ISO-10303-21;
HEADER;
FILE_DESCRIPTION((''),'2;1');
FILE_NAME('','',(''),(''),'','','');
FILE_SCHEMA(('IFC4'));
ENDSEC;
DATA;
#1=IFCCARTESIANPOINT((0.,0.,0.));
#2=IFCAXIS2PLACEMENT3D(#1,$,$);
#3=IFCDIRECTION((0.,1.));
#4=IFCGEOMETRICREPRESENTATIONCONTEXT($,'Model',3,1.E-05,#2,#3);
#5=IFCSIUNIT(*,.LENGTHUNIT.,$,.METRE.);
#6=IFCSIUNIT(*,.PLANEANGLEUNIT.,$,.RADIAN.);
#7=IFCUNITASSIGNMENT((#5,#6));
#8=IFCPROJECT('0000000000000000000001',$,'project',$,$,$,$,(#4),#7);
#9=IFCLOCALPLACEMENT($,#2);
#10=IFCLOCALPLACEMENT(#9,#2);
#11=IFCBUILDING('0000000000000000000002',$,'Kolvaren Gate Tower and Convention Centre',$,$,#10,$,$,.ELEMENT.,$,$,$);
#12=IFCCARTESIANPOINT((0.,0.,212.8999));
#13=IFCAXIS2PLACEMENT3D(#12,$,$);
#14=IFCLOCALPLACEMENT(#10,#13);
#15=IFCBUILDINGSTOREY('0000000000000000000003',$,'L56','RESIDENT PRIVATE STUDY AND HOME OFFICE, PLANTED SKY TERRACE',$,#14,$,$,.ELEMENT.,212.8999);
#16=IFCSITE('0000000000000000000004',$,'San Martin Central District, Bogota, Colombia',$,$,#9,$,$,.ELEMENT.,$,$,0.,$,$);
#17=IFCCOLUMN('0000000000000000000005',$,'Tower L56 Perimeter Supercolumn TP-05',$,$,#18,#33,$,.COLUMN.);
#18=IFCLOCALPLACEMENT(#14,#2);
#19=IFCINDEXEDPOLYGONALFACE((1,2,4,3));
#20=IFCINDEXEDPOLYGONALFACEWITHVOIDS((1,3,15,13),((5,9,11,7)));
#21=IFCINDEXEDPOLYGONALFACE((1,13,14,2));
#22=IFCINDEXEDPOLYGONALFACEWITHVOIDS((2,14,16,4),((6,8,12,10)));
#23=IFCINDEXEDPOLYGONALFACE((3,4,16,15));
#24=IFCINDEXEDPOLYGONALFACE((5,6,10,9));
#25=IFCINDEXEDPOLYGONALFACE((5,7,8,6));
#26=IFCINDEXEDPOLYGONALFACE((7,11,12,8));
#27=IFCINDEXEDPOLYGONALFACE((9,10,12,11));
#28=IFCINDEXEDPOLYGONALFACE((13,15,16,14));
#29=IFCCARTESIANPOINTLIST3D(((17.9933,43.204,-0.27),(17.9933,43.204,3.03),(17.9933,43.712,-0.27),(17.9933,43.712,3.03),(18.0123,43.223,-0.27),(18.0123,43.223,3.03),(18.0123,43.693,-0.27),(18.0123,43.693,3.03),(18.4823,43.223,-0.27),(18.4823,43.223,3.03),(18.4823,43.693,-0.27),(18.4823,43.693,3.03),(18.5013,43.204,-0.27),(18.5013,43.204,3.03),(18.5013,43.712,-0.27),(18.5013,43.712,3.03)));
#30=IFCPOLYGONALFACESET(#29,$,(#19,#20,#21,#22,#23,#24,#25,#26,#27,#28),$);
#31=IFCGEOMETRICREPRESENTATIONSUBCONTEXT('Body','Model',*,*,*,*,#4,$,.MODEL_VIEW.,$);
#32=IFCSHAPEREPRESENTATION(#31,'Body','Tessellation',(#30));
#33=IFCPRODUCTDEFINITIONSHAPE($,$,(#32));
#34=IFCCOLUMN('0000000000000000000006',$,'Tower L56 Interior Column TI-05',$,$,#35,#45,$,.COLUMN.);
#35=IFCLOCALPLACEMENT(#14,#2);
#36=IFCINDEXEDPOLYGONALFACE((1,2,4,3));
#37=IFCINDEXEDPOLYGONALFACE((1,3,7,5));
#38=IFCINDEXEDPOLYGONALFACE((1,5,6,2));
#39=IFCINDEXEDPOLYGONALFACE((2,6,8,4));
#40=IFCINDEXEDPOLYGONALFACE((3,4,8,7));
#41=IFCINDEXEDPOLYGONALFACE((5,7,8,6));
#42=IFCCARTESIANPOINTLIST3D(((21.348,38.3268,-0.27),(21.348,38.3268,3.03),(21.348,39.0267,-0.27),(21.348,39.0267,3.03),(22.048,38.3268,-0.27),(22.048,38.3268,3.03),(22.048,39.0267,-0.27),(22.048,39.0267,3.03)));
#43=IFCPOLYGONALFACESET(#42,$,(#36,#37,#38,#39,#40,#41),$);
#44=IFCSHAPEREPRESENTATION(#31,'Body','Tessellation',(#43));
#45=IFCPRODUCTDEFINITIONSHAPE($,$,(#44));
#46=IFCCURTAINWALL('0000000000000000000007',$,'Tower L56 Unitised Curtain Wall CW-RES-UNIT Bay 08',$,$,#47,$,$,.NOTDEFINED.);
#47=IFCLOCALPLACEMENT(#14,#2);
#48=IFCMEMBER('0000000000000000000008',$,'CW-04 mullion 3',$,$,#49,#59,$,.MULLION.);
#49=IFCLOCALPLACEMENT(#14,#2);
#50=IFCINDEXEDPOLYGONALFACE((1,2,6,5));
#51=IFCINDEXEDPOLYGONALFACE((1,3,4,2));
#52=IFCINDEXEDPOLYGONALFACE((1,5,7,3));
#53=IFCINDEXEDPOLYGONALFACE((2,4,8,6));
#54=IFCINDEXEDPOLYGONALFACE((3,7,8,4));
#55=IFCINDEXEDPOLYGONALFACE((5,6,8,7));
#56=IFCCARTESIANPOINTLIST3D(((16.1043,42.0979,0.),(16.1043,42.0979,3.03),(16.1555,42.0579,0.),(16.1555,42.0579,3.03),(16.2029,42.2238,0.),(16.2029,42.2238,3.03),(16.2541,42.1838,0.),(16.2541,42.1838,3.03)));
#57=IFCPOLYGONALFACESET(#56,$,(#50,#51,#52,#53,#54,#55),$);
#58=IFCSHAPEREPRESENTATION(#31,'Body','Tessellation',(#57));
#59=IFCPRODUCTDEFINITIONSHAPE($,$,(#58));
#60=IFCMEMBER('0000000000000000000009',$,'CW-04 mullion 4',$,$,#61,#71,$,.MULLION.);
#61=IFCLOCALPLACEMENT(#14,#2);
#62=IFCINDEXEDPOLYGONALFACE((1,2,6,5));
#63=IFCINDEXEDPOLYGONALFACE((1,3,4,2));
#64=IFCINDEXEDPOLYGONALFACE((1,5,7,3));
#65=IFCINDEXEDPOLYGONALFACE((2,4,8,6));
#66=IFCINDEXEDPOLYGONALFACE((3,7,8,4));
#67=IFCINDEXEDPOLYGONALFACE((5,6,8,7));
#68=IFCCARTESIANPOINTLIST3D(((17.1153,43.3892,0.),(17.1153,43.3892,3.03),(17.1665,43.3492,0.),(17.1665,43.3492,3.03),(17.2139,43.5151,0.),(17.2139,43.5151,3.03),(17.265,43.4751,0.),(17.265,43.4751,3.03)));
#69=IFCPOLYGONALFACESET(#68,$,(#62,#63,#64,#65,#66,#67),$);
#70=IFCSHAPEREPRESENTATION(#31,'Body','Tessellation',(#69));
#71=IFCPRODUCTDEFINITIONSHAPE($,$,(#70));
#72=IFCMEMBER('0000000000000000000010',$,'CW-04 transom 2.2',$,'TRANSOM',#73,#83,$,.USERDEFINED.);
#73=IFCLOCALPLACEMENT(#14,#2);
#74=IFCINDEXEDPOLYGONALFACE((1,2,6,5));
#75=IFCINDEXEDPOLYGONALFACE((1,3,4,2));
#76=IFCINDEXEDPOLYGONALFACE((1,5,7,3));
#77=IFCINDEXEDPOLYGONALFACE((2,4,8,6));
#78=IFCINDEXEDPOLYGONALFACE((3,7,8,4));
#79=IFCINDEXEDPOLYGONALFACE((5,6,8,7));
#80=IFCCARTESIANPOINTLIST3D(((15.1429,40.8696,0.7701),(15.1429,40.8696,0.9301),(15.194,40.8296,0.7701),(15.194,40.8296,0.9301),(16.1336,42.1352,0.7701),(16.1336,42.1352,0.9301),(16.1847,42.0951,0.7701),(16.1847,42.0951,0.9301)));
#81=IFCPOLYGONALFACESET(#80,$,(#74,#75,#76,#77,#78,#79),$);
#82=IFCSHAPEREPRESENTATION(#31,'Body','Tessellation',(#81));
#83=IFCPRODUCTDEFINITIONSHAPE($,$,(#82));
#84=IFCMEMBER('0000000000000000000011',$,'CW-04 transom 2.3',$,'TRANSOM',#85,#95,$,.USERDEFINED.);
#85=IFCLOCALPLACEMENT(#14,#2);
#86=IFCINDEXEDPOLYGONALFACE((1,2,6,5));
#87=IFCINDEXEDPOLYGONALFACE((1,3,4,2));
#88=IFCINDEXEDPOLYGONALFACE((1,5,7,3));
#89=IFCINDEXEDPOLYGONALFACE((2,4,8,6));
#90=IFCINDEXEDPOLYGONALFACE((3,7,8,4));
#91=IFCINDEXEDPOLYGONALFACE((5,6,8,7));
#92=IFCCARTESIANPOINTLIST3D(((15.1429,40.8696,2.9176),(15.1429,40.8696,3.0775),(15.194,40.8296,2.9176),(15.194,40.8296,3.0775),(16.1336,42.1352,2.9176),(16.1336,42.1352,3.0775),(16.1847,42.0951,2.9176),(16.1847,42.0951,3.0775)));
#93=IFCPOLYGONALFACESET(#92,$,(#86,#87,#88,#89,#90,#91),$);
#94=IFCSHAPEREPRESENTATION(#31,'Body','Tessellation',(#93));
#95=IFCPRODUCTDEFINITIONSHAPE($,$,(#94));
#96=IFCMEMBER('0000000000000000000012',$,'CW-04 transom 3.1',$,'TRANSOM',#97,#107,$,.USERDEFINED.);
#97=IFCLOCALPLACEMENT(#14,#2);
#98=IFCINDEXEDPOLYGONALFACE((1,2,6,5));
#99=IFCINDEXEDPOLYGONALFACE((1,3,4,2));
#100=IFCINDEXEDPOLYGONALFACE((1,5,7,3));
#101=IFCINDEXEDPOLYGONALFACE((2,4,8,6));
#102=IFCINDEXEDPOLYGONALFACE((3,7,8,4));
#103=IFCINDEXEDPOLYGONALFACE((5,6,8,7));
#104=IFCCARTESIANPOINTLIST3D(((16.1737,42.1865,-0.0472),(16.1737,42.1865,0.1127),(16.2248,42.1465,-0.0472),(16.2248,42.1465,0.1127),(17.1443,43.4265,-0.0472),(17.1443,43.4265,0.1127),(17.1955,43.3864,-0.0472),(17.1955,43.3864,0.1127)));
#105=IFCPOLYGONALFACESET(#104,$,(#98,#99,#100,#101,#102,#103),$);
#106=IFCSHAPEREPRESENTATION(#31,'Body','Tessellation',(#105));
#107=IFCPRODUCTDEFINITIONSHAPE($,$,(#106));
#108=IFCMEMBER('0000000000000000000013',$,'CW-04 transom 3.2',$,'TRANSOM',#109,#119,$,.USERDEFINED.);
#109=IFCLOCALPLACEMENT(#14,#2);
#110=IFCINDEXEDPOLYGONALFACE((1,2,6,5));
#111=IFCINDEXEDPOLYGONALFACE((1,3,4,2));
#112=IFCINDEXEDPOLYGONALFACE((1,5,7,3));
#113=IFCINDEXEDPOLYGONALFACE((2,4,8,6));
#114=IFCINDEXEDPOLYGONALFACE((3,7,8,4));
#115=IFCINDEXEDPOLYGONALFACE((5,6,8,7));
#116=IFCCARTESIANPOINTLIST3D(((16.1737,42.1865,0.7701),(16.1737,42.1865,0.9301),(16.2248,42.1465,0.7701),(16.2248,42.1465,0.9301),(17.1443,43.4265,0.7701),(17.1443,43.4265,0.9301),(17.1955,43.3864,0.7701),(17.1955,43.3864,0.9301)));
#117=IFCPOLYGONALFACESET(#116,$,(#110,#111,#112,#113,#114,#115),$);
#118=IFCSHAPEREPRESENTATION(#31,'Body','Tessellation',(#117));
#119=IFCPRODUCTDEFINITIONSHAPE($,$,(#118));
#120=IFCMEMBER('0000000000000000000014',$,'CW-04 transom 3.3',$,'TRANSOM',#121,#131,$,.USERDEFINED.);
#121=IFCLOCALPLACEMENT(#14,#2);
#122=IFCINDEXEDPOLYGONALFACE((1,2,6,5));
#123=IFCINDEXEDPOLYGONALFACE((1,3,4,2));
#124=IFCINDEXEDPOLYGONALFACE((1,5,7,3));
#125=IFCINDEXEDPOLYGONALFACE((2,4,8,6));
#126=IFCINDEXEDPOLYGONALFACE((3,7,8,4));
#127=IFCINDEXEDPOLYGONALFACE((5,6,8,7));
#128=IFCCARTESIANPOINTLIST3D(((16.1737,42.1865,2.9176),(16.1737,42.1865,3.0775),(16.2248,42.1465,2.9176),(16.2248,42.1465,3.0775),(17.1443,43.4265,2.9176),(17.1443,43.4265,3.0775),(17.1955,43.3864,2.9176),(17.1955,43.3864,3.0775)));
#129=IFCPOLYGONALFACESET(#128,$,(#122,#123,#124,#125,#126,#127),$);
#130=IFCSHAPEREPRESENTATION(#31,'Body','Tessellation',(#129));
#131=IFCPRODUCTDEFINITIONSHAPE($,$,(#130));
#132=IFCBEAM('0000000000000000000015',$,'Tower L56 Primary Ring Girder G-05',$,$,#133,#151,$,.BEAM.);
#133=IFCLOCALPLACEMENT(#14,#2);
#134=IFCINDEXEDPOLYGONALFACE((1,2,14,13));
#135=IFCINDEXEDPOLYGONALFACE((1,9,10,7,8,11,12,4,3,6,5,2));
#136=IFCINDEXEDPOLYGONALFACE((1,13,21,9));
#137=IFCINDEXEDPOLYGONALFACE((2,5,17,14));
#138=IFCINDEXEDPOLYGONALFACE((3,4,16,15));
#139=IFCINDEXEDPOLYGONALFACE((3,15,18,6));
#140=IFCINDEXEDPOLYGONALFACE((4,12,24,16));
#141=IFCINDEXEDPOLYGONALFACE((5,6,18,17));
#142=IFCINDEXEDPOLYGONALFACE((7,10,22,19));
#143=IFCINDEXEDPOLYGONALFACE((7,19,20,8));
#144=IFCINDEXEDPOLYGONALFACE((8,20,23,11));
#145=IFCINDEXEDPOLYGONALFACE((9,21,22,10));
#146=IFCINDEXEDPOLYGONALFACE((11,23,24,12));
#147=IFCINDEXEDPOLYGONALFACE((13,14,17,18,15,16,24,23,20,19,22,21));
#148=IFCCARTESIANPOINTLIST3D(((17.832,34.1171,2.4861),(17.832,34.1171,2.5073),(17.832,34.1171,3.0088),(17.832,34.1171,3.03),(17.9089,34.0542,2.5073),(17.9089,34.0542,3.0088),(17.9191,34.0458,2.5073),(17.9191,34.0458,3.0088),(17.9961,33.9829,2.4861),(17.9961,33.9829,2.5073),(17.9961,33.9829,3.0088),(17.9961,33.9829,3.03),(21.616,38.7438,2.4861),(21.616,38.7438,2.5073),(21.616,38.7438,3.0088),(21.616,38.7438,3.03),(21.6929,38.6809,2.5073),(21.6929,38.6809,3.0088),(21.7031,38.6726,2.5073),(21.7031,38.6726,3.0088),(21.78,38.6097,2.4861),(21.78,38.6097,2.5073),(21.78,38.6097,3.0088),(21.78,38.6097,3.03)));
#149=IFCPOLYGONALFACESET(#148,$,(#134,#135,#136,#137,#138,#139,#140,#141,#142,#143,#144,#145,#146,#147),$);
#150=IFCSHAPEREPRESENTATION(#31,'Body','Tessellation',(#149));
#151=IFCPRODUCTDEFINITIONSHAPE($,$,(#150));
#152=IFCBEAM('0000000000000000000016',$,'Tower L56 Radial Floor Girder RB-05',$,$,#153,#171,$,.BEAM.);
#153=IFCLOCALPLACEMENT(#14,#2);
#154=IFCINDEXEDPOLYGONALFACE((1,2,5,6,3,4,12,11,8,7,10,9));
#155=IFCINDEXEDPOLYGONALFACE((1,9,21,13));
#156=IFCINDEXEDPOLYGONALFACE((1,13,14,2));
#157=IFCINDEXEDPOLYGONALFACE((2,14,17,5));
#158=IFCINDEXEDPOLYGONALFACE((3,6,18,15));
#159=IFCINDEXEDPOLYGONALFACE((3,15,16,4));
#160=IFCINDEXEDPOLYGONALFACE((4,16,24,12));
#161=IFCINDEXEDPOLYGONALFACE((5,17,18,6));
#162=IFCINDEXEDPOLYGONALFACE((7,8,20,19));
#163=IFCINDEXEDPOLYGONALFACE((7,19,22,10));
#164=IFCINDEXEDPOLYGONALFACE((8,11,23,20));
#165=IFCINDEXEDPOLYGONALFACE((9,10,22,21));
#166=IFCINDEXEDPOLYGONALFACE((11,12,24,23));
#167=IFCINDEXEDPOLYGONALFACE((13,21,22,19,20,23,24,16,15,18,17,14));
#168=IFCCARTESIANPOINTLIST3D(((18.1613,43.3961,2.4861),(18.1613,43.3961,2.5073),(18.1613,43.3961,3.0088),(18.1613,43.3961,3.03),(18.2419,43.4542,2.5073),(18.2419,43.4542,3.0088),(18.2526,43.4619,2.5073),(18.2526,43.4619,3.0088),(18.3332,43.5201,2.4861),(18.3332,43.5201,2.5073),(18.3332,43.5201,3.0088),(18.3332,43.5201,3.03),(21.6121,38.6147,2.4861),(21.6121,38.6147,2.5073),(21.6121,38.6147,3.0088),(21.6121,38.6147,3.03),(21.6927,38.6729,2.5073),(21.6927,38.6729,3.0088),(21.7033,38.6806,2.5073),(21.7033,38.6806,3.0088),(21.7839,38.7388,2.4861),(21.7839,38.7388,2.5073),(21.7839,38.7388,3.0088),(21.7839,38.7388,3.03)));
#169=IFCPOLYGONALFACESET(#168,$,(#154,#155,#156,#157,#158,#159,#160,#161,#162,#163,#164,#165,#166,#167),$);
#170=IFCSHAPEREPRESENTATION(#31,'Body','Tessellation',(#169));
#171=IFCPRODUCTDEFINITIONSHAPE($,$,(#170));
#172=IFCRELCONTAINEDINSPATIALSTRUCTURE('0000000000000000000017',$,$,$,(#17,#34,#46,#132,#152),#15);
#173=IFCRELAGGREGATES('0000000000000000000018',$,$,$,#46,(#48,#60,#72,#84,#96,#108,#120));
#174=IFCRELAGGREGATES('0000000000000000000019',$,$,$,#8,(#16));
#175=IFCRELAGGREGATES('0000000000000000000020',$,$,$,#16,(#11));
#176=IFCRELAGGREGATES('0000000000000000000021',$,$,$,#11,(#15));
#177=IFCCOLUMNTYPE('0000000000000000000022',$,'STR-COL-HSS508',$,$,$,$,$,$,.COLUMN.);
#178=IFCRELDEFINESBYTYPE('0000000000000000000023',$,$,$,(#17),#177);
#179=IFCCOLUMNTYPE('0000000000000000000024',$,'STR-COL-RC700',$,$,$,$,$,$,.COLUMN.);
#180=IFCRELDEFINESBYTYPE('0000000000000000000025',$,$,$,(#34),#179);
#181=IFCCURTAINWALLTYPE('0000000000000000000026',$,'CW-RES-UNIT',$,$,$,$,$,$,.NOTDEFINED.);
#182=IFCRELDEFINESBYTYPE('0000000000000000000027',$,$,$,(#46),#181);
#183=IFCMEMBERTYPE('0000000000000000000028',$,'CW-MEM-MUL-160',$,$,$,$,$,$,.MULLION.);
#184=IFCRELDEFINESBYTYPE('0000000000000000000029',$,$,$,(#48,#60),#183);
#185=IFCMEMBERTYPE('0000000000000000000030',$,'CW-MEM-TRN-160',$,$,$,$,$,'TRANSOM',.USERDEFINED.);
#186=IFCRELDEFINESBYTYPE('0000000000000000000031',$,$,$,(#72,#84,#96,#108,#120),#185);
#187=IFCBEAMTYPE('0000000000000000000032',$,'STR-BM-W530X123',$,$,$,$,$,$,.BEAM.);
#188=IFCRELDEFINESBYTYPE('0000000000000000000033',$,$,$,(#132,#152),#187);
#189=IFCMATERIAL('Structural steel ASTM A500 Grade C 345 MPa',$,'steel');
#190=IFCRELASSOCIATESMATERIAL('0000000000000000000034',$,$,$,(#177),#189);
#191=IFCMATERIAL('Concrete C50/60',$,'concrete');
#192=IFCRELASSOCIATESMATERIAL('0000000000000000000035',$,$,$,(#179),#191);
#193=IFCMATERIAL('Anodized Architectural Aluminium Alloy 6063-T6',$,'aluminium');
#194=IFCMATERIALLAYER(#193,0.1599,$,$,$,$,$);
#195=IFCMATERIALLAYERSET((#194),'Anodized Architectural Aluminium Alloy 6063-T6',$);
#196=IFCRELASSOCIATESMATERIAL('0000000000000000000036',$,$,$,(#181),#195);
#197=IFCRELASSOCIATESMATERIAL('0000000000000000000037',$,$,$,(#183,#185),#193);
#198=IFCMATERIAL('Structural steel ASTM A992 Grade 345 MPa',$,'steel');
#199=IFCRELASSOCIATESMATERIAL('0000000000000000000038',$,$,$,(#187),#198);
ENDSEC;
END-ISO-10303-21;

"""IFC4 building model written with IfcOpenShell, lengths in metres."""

from ifc_helpers import new_model, si_unit, direction, frame, origin, origin_2d, place, context, subcontext, project, spatial, rectangle, hollow_rectangle, i_section, extrude, material, layer, layer_set, material_profile, profile_set, type_object, element, aggregate, save


model = new_model("IFC4")

# Units and contexts
model_context = context("Model", 3, precision=1e-05, world=origin(), true_north=direction((0.0, 1.0)))
body_context = subcontext(model_context, "Body", "Model", "MODEL_VIEW")
ifc_project = project(units=[si_unit("LENGTHUNIT", "METRE"), si_unit("PLANEANGLEUNIT", "RADIAN")], contexts=[model_context])

# Site, building, storey
site_placement = place(None, origin())
site = spatial("IfcSite", under=ifc_project, at=site_placement, Name="San Martin Central District, Bogota, Colombia", CompositionType="ELEMENT", RefElevation=0.0)
building_placement = place(site_placement, origin())
building = spatial("IfcBuilding", under=site, at=building_placement, Name="Kolvaren Gate Tower and Convention Centre", CompositionType="ELEMENT")
storey_placement = place(building_placement, frame((0.0, 0.0, 212.8999)))
storey = spatial("IfcBuildingStorey", under=building, at=storey_placement, Name="L56", Description="RESIDENT PRIVATE STUDY AND HOME OFFICE, PLANTED SKY TERRACE", CompositionType="ELEMENT", Elevation=212.8999)

# Columns
ifc_material_1 = material(Name="Structural steel ASTM A500 Grade C 345 MPa", Category="steel")
ifc_material_profile_1 = material_profile(ifc_material_1, hollow_rectangle(XDim=0.5081, YDim=0.5081, WallThickness=0.019, at=origin_2d()), Name="HSS508X508X19.1")
ifc_profile_set_1 = profile_set([ifc_material_profile_1], Name="Structural steel ASTM A500 Grade C 345 MPa")
column_type_1 = type_object("IfcColumnType", Name="STR-COL-HSS508", PredefinedType="COLUMN", material=ifc_profile_set_1)
column_1_placement = place(storey_placement, frame((18.2473, 43.458, -0.27), z_axis=(0.0, 0.0, 1.0), x_axis=(1.0, 0.0, 0.0)))
element("IfcColumn", 1, at=column_1_placement, inside=storey, type_object=column_type_1, Name="Tower L56 Perimeter Supercolumn TP-05", PredefinedType="COLUMN", context=body_context, shape_type="SweptSolid", body=[
    extrude(hollow_rectangle(XDim=0.5081, YDim=0.5081, WallThickness=0.019, at=origin_2d()), origin(), (0.0, 0.0, 1.0), 3.3),
])
ifc_material_2 = material(Name="Concrete C50/60", Category="concrete")
ifc_material_profile_2 = material_profile(ifc_material_2, rectangle(XDim=0.7, YDim=0.7, at=origin_2d()), Name="RC-COL-700X700")
ifc_profile_set_2 = profile_set([ifc_material_profile_2], Name="Concrete C50/60")
column_type_2 = type_object("IfcColumnType", Name="STR-COL-RC700", PredefinedType="COLUMN", material=ifc_profile_set_2)
column_2_placement = place(storey_placement, frame((21.698, 38.6768, -0.27), z_axis=(0.0, 0.0, 1.0), x_axis=(1.0, 0.0, 0.0)))
element("IfcColumn", 2, at=column_2_placement, inside=storey, type_object=column_type_2, Name="Tower L56 Interior Column TI-05", PredefinedType="COLUMN", context=body_context, shape_type="SweptSolid", body=[
    extrude(rectangle(XDim=0.7, YDim=0.7, at=origin_2d()), origin(), (0.0, 0.0, 1.0), 3.3),
])

# Curtain wall, members
ifc_material_3 = material(Name="Anodized Architectural Aluminium Alloy 6063-T6", Category="aluminium")
ifc_layer_1 = layer(ifc_material_3, 0.1599)
ifc_layer_set_1 = layer_set([ifc_layer_1], Name="Anodized Architectural Aluminium Alloy 6063-T6")
curtain_wall_type = type_object("IfcCurtainWallType", Name="CW-RES-UNIT", PredefinedType="NOTDEFINED", material=ifc_layer_set_1)
curtain_wall_placement = place(storey_placement, origin())
curtain_wall = element("IfcCurtainWall", 3, at=curtain_wall_placement, inside=storey, type_object=curtain_wall_type, Name="Tower L56 Unitised Curtain Wall CW-RES-UNIT Bay 08", PredefinedType="NOTDEFINED")
ifc_material_profile_3 = material_profile(ifc_material_3, rectangle(XDim=0.0649, YDim=0.1599, at=origin_2d()), Name="CW-MEM-MUL-160")
ifc_profile_set_3 = profile_set([ifc_material_profile_3], Name="Anodized Architectural Aluminium Alloy 6063-T6")
member_type_1 = type_object("IfcMemberType", Name="CW-MEM-MUL-160", PredefinedType="MULLION", material=ifc_profile_set_3)
member_1_placement = place(storey_placement, frame((16.1792, 42.1409, 0.0), z_axis=(0.0, 0.0, 1.0), x_axis=(-0.78741, 0.61643, 0.0)))
member_1 = element("IfcMember", 4, at=member_1_placement, type_object=member_type_1, Name="CW-04 mullion 3", PredefinedType="MULLION", context=body_context, shape_type="SweptSolid", body=[
    extrude(rectangle(XDim=0.0649, YDim=0.1599, at=origin_2d()), origin(), (0.0, 0.0, 1.0), 3.03),
])
member_2_placement = place(storey_placement, frame((17.1902, 43.4321, 0.0), z_axis=(0.0, 0.0, 1.0), x_axis=(-0.78741, 0.61643, 0.0)))
member_2 = element("IfcMember", 5, at=member_2_placement, type_object=member_type_1, Name="CW-04 mullion 4", PredefinedType="MULLION", context=body_context, shape_type="SweptSolid", body=[
    extrude(rectangle(XDim=0.0649, YDim=0.1599, at=origin_2d()), origin(), (0.0, 0.0, 1.0), 3.03),
])
ifc_material_profile_4 = material_profile(ifc_material_3, rectangle(XDim=0.0649, YDim=0.1599, at=origin_2d()), Name="CW-MEM-TRN-160")
ifc_profile_set_4 = profile_set([ifc_material_profile_4], Name="Anodized Architectural Aluminium Alloy 6063-T6")
member_type_2 = type_object("IfcMemberType", Name="CW-MEM-TRN-160", ElementType="TRANSOM", PredefinedType="USERDEFINED", material=ifc_profile_set_4)
member_3_placement = place(storey_placement, frame((15.1685, 40.8496, 0.8501), z_axis=(0.616398, 0.787434, 0.0), x_axis=(-0.787434, 0.616398, 0.0)))
member_3 = element("IfcMember", 6, at=member_3_placement, type_object=member_type_2, Name="CW-04 transom 2.2", ObjectType="TRANSOM", PredefinedType="USERDEFINED", context=body_context, shape_type="SweptSolid", body=[
    extrude(rectangle(XDim=0.0649, YDim=0.1599, at=origin_2d()), origin(), (0.0, 0.0, 1.0), 1.6072),
])
member_4_placement = place(storey_placement, frame((15.1685, 40.8496, 2.9976), z_axis=(0.616398, 0.787434, 0.0), x_axis=(-0.787434, 0.616398, 0.0)))
member_4 = element("IfcMember", 7, at=member_4_placement, type_object=member_type_2, Name="CW-04 transom 2.3", ObjectType="TRANSOM", PredefinedType="USERDEFINED", context=body_context, shape_type="SweptSolid", body=[
    extrude(rectangle(XDim=0.0649, YDim=0.1599, at=origin_2d()), origin(), (0.0, 0.0, 1.0), 1.6072),
])
member_5_placement = place(storey_placement, frame((16.1992, 42.1665, 0.0327), z_axis=(0.616417, 0.78742, 0.0), x_axis=(-0.78742, 0.616417, 0.0)))
member_5 = element("IfcMember", 8, at=member_5_placement, type_object=member_type_2, Name="CW-04 transom 3.1", ObjectType="TRANSOM", PredefinedType="USERDEFINED", context=body_context, shape_type="SweptSolid", body=[
    extrude(rectangle(XDim=0.0649, YDim=0.1599, at=origin_2d()), origin(), (0.0, 0.0, 1.0), 1.5747),
])
member_6_placement = place(storey_placement, frame((16.1992, 42.1665, 0.8501), z_axis=(0.616417, 0.78742, 0.0), x_axis=(-0.78742, 0.616417, 0.0)))
member_6 = element("IfcMember", 9, at=member_6_placement, type_object=member_type_2, Name="CW-04 transom 3.2", ObjectType="TRANSOM", PredefinedType="USERDEFINED", context=body_context, shape_type="SweptSolid", body=[
    extrude(rectangle(XDim=0.0649, YDim=0.1599, at=origin_2d()), origin(), (0.0, 0.0, 1.0), 1.5747),
])
member_7_placement = place(storey_placement, frame((16.1992, 42.1665, 2.9976), z_axis=(0.616417, 0.78742, 0.0), x_axis=(-0.78742, 0.616417, 0.0)))
member_7 = element("IfcMember", 10, at=member_7_placement, type_object=member_type_2, Name="CW-04 transom 3.3", ObjectType="TRANSOM", PredefinedType="USERDEFINED", context=body_context, shape_type="SweptSolid", body=[
    extrude(rectangle(XDim=0.0649, YDim=0.1599, at=origin_2d()), origin(), (0.0, 0.0, 1.0), 1.5747),
])

# Beams
ifc_material_4 = material(Name="Structural steel ASTM A992 Grade 345 MPa", Category="steel")
ifc_material_profile_5 = material_profile(ifc_material_4, i_section(OverallWidth=0.2119, OverallDepth=0.5439, WebThickness=0.0132, FlangeThickness=0.0212, at=origin_2d()), Name="W530X123")
ifc_profile_set_5 = profile_set([ifc_material_profile_5], Name="Structural steel ASTM A992 Grade 345 MPa")
beam_type_1 = type_object("IfcBeamType", Name="STR-BM-W530X123", PredefinedType="BEAM", material=ifc_profile_set_5)
beam_1_placement = place(storey_placement, frame((21.698, 38.6768, 2.7581), z_axis=(-0.633082, -0.774085, 0.0), x_axis=(0.774085, -0.633082, 0.0)))
element("IfcBeam", 11, at=beam_1_placement, inside=storey, type_object=beam_type_1, Name="Tower L56 Primary Ring Girder G-05", PredefinedType="BEAM", context=body_context, shape_type="SweptSolid", body=[
    extrude(i_section(OverallWidth=0.2119, OverallDepth=0.5439, WebThickness=0.0132, FlangeThickness=0.0212, at=origin_2d()), origin(), (0.0, 0.0, 1.0), 5.9771),
])
beam_2_placement = place(storey_placement, frame((21.698, 38.6768, 2.7581), z_axis=(-0.585218, 0.810876, 0.0), x_axis=(-0.810876, -0.585218, 0.0)))
element("IfcBeam", 12, at=beam_2_placement, inside=storey, type_object=beam_type_1, Name="Tower L56 Radial Floor Girder RB-05", PredefinedType="BEAM", context=body_context, shape_type="SweptSolid", body=[
    extrude(i_section(OverallWidth=0.2119, OverallDepth=0.5439, WebThickness=0.0132, FlangeThickness=0.0212, at=origin_2d()), origin(), (0.0, 0.0, 1.0), 5.8965),
])

aggregate(curtain_wall, [member_1, member_2, member_3, member_4, member_5, member_6, member_7])

save(model, "model.ifc")
